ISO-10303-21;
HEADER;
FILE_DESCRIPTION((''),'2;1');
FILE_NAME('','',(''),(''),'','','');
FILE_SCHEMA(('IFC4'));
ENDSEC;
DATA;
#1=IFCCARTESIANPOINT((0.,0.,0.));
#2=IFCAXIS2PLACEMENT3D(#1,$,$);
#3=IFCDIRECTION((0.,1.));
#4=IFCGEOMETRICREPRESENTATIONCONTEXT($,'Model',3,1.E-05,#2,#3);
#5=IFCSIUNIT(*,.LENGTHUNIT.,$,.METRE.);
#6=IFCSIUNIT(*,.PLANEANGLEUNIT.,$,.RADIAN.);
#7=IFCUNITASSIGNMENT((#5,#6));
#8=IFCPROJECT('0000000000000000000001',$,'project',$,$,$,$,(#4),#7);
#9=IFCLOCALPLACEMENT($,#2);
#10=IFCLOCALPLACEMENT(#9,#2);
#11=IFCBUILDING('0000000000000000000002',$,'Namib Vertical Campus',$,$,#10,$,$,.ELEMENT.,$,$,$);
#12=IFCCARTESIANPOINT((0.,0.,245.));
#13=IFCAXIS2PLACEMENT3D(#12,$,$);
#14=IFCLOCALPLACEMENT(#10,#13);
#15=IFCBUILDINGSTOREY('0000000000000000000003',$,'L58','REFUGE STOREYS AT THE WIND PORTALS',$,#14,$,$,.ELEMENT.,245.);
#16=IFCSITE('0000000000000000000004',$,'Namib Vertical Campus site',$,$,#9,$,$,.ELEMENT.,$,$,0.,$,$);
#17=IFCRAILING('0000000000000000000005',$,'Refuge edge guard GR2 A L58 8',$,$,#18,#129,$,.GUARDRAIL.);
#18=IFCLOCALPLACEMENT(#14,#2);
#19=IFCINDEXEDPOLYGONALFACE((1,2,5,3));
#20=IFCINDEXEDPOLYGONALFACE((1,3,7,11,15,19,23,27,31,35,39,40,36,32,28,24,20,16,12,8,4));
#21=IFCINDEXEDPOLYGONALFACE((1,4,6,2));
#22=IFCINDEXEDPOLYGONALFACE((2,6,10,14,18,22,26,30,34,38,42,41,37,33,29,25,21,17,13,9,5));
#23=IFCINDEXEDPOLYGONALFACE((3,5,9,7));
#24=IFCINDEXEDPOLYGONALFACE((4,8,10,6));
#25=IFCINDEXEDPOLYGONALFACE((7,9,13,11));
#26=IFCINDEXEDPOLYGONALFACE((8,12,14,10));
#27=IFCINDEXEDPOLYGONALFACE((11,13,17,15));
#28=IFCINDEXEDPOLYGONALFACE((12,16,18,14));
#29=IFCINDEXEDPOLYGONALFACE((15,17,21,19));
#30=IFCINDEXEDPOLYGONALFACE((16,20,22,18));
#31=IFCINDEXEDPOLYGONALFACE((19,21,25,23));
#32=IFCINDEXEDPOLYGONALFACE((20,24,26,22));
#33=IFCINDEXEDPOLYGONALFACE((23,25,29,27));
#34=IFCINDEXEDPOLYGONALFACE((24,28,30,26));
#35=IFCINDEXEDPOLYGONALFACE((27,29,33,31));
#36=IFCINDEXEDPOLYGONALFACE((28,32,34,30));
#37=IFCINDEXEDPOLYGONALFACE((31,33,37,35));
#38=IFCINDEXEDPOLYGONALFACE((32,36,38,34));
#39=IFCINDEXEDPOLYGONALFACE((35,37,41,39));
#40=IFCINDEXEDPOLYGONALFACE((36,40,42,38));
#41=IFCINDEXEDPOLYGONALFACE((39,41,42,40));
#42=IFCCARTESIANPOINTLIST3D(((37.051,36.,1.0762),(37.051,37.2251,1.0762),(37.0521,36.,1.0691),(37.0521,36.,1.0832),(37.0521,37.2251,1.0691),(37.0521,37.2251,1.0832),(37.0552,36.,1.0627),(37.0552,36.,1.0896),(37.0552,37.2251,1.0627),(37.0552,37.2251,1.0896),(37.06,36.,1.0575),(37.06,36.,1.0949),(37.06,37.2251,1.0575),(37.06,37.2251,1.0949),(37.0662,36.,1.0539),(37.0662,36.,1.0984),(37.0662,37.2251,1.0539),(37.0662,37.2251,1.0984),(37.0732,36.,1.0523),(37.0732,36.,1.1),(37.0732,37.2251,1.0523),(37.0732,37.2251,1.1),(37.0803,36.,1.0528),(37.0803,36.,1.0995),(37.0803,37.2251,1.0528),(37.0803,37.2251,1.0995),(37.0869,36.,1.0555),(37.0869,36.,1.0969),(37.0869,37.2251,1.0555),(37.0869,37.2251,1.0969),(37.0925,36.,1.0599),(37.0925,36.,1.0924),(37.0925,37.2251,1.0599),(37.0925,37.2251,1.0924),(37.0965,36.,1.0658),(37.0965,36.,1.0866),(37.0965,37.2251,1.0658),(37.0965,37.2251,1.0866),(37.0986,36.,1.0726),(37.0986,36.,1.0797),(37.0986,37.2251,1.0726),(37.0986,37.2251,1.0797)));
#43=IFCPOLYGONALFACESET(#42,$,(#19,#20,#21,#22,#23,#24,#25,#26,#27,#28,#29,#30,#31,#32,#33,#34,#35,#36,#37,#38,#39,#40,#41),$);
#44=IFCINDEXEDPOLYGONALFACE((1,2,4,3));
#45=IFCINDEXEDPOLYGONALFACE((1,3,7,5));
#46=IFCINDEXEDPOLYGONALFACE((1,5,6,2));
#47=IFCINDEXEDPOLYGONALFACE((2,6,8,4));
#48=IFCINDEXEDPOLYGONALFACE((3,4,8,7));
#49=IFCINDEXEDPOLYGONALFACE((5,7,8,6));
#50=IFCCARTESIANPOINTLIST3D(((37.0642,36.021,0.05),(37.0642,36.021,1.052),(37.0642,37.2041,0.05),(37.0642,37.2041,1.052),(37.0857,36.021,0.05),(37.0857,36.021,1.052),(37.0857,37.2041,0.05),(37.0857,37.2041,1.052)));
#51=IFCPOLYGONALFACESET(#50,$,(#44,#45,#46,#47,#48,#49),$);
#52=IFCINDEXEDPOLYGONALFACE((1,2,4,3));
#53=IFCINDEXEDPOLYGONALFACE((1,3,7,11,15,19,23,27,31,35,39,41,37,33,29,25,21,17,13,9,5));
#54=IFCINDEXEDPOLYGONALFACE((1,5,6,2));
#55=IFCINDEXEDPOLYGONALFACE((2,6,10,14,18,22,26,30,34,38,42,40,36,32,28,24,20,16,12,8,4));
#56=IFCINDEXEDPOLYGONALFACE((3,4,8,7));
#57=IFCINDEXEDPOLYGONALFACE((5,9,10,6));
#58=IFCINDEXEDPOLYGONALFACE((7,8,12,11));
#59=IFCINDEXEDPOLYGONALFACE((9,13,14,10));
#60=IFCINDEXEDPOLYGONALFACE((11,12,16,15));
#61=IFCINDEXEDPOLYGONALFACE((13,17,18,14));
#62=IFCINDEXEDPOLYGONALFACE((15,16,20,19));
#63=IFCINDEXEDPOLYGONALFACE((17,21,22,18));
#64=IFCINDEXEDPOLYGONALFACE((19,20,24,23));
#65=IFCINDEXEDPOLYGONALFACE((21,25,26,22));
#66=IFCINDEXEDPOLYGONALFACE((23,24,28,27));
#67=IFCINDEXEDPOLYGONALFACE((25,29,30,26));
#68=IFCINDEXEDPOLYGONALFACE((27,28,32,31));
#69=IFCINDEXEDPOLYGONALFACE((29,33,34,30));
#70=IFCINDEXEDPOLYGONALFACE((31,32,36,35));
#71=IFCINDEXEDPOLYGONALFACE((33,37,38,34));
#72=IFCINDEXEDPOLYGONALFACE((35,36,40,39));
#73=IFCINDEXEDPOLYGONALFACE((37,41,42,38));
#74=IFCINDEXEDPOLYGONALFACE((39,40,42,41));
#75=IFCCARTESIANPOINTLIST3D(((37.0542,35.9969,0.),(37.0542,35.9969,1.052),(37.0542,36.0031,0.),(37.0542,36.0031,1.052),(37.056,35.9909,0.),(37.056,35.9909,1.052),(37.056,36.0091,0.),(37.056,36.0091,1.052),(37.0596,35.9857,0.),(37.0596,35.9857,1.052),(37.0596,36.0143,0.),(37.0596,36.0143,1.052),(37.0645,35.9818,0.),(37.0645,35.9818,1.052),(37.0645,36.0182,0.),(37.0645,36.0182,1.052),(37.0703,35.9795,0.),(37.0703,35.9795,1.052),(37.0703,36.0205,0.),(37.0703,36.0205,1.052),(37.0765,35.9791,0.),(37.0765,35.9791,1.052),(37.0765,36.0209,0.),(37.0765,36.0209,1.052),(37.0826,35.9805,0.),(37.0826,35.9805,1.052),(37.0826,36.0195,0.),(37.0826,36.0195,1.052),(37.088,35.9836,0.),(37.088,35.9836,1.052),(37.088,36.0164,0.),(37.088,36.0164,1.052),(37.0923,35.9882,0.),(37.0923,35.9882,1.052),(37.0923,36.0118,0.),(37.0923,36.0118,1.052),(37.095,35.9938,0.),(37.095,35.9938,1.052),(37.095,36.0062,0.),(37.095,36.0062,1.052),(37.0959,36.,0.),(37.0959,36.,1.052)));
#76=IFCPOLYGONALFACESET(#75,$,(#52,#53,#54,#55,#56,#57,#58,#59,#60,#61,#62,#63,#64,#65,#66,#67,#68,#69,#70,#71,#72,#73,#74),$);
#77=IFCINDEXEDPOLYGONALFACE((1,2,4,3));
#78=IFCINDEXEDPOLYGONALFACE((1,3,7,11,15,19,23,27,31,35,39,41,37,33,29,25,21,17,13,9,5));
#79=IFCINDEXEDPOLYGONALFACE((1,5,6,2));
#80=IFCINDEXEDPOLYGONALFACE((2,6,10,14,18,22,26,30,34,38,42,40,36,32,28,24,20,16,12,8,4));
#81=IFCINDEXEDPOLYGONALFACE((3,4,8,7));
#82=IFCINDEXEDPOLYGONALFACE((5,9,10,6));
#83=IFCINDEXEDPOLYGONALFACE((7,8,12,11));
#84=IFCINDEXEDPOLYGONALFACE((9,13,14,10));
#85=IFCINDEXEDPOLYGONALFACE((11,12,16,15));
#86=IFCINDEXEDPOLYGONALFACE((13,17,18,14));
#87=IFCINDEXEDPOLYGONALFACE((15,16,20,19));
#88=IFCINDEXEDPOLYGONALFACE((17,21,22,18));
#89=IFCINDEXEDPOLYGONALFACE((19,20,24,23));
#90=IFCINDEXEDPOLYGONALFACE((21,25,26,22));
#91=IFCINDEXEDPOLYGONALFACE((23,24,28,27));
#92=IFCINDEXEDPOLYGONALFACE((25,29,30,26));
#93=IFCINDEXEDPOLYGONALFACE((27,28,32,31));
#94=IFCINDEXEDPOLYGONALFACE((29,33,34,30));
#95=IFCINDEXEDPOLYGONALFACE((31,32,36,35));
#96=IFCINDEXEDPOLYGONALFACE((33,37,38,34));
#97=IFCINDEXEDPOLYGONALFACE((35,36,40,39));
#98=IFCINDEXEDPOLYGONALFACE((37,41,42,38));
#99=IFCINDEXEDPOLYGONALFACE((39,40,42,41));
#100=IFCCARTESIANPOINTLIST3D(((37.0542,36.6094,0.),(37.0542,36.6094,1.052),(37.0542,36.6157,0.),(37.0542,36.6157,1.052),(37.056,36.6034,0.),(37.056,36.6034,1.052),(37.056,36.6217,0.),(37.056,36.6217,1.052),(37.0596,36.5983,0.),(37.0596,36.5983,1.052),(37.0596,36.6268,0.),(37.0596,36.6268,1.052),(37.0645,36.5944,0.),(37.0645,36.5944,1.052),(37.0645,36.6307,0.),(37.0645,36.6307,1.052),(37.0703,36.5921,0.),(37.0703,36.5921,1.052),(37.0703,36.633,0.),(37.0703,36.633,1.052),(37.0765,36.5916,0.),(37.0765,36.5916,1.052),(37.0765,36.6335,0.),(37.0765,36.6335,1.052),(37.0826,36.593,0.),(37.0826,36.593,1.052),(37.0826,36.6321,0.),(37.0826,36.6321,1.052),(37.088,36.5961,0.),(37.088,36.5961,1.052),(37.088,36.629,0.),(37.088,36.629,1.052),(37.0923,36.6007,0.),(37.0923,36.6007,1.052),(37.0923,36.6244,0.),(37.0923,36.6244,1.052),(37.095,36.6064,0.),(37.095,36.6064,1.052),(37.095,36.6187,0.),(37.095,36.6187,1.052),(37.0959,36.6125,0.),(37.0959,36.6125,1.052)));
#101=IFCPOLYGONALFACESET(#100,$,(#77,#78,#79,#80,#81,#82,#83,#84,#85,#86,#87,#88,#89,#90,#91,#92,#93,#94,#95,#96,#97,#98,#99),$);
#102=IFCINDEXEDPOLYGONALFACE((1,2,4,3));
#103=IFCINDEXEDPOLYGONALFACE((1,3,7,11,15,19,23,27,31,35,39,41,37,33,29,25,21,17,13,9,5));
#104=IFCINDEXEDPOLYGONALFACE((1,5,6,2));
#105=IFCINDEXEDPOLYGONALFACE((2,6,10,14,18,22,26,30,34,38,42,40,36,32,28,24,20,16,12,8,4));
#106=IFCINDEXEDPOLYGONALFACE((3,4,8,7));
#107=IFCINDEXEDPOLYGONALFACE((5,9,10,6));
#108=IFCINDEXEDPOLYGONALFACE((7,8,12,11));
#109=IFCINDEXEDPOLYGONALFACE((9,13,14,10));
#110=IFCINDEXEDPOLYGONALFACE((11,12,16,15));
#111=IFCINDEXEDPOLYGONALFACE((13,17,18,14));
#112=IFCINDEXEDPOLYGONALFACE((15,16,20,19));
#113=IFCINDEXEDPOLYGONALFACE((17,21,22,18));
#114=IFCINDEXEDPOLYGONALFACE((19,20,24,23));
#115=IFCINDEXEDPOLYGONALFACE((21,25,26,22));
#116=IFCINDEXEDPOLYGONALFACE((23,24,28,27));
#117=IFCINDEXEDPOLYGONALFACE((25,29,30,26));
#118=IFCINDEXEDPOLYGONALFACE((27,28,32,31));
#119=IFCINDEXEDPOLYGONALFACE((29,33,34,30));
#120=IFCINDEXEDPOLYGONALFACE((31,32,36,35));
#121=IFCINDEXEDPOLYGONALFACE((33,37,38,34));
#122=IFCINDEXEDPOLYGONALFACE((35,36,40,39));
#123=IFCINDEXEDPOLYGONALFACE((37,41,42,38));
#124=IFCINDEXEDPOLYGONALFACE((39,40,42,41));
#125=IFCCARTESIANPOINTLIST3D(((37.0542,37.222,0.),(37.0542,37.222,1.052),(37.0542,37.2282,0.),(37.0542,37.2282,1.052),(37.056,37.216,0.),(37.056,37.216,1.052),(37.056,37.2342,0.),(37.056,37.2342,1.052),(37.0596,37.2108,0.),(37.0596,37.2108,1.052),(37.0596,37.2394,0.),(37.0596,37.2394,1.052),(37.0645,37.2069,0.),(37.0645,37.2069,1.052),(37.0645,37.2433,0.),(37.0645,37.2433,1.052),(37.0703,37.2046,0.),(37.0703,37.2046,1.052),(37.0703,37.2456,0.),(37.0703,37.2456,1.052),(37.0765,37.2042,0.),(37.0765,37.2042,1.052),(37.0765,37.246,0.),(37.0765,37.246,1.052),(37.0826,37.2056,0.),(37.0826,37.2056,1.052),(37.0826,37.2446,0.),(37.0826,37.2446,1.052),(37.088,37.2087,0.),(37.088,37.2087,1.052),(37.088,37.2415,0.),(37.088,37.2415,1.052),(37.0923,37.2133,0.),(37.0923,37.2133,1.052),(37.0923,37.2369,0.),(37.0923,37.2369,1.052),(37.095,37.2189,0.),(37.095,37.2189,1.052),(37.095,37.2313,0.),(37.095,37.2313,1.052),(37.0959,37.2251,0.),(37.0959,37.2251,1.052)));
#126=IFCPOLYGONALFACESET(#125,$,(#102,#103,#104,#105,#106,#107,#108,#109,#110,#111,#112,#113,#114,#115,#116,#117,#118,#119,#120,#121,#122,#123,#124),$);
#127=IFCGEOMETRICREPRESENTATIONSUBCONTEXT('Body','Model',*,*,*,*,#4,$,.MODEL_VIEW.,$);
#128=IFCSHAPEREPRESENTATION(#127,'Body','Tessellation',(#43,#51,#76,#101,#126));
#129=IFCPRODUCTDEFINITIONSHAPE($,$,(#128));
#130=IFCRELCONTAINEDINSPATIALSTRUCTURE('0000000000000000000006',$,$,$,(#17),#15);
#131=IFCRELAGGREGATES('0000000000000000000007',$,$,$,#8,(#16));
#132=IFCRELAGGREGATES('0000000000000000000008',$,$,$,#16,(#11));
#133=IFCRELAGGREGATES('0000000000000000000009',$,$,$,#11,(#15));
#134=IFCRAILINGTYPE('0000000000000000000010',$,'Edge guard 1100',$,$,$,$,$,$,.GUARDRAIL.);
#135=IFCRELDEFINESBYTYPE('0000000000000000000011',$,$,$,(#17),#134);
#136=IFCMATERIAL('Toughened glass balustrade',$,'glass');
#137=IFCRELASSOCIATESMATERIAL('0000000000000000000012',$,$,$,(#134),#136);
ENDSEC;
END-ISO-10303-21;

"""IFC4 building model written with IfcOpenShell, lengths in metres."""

from ifc_helpers import new_model, si_unit, direction, frame, origin, origin_2d, place, context, subcontext, project, spatial, polyline, circle, outline, extrude, material, type_object, element, save


model = new_model("IFC4")

# Units and contexts
model_context = context("Model", 3, precision=1e-05, world=origin(), true_north=direction((0.0, 1.0)))
body_context = subcontext(model_context, "Body", "Model", "MODEL_VIEW")
ifc_project = project(units=[si_unit("LENGTHUNIT", "METRE"), si_unit("PLANEANGLEUNIT", "RADIAN")], contexts=[model_context])

# Site, building, storey
site_placement = place(None, origin())
site = spatial("IfcSite", under=ifc_project, at=site_placement, Name="Namib Vertical Campus site", CompositionType="ELEMENT", RefElevation=0.0)
building_placement = place(site_placement, origin())
building = spatial("IfcBuilding", under=site, at=building_placement, Name="Namib Vertical Campus", CompositionType="ELEMENT")
storey_placement = place(building_placement, frame((0.0, 0.0, 245.0)))
storey = spatial("IfcBuildingStorey", under=building, at=storey_placement, Name="L58", Description="REFUGE STOREYS AT THE WIND PORTALS", CompositionType="ELEMENT", Elevation=245.0)

# Railing
ifc_material_1 = material(Name="Toughened glass balustrade", Category="glass")
railing_type = type_object("IfcRailingType", Name="Edge guard 1100", PredefinedType="GUARDRAIL", material=ifc_material_1)
railing_1_placement = place(storey_placement, frame((37.075, 36.0, 0.0)))
element("IfcRailing", 1, at=railing_1_placement, inside=storey, type_object=railing_type, Name="Refuge edge guard GR2 A L58 8", PredefinedType="GUARDRAIL", context=body_context, shape_type="SweptSolid", body=[
    extrude(circle(Radius=0.0239, at=origin_2d()), frame((0.0, 0.0, 1.0762), z_axis=(0.0, 1.0, 0.0), x_axis=(-1.0, 0.0, 0.0)), (0.0, 0.0, 1.0), 1.2251),
    extrude(outline(polyline([(0.021, 0.05), (1.2041, 0.05), (1.2041, 1.052), (0.021, 1.052), (0.021, 0.05)])), frame((-0.0107, 0.0, 0.0), z_axis=(1.0, 0.0, 0.0), x_axis=(0.0, 1.0, 0.0)), (0.0, 0.0, 1.0), 0.0215),
    extrude(circle(Radius=0.021, at=origin_2d()), origin(), (0.0, 0.0, 1.0), 1.052),
    extrude(circle(Radius=0.021, at=origin_2d()), frame((0.0, 0.6125, 0.0)), (0.0, 0.0, 1.0), 1.052),
    extrude(circle(Radius=0.021, at=origin_2d()), frame((0.0, 1.2251, 0.0)), (0.0, 0.0, 1.0), 1.052),
])

save(model, "model.ifc")
